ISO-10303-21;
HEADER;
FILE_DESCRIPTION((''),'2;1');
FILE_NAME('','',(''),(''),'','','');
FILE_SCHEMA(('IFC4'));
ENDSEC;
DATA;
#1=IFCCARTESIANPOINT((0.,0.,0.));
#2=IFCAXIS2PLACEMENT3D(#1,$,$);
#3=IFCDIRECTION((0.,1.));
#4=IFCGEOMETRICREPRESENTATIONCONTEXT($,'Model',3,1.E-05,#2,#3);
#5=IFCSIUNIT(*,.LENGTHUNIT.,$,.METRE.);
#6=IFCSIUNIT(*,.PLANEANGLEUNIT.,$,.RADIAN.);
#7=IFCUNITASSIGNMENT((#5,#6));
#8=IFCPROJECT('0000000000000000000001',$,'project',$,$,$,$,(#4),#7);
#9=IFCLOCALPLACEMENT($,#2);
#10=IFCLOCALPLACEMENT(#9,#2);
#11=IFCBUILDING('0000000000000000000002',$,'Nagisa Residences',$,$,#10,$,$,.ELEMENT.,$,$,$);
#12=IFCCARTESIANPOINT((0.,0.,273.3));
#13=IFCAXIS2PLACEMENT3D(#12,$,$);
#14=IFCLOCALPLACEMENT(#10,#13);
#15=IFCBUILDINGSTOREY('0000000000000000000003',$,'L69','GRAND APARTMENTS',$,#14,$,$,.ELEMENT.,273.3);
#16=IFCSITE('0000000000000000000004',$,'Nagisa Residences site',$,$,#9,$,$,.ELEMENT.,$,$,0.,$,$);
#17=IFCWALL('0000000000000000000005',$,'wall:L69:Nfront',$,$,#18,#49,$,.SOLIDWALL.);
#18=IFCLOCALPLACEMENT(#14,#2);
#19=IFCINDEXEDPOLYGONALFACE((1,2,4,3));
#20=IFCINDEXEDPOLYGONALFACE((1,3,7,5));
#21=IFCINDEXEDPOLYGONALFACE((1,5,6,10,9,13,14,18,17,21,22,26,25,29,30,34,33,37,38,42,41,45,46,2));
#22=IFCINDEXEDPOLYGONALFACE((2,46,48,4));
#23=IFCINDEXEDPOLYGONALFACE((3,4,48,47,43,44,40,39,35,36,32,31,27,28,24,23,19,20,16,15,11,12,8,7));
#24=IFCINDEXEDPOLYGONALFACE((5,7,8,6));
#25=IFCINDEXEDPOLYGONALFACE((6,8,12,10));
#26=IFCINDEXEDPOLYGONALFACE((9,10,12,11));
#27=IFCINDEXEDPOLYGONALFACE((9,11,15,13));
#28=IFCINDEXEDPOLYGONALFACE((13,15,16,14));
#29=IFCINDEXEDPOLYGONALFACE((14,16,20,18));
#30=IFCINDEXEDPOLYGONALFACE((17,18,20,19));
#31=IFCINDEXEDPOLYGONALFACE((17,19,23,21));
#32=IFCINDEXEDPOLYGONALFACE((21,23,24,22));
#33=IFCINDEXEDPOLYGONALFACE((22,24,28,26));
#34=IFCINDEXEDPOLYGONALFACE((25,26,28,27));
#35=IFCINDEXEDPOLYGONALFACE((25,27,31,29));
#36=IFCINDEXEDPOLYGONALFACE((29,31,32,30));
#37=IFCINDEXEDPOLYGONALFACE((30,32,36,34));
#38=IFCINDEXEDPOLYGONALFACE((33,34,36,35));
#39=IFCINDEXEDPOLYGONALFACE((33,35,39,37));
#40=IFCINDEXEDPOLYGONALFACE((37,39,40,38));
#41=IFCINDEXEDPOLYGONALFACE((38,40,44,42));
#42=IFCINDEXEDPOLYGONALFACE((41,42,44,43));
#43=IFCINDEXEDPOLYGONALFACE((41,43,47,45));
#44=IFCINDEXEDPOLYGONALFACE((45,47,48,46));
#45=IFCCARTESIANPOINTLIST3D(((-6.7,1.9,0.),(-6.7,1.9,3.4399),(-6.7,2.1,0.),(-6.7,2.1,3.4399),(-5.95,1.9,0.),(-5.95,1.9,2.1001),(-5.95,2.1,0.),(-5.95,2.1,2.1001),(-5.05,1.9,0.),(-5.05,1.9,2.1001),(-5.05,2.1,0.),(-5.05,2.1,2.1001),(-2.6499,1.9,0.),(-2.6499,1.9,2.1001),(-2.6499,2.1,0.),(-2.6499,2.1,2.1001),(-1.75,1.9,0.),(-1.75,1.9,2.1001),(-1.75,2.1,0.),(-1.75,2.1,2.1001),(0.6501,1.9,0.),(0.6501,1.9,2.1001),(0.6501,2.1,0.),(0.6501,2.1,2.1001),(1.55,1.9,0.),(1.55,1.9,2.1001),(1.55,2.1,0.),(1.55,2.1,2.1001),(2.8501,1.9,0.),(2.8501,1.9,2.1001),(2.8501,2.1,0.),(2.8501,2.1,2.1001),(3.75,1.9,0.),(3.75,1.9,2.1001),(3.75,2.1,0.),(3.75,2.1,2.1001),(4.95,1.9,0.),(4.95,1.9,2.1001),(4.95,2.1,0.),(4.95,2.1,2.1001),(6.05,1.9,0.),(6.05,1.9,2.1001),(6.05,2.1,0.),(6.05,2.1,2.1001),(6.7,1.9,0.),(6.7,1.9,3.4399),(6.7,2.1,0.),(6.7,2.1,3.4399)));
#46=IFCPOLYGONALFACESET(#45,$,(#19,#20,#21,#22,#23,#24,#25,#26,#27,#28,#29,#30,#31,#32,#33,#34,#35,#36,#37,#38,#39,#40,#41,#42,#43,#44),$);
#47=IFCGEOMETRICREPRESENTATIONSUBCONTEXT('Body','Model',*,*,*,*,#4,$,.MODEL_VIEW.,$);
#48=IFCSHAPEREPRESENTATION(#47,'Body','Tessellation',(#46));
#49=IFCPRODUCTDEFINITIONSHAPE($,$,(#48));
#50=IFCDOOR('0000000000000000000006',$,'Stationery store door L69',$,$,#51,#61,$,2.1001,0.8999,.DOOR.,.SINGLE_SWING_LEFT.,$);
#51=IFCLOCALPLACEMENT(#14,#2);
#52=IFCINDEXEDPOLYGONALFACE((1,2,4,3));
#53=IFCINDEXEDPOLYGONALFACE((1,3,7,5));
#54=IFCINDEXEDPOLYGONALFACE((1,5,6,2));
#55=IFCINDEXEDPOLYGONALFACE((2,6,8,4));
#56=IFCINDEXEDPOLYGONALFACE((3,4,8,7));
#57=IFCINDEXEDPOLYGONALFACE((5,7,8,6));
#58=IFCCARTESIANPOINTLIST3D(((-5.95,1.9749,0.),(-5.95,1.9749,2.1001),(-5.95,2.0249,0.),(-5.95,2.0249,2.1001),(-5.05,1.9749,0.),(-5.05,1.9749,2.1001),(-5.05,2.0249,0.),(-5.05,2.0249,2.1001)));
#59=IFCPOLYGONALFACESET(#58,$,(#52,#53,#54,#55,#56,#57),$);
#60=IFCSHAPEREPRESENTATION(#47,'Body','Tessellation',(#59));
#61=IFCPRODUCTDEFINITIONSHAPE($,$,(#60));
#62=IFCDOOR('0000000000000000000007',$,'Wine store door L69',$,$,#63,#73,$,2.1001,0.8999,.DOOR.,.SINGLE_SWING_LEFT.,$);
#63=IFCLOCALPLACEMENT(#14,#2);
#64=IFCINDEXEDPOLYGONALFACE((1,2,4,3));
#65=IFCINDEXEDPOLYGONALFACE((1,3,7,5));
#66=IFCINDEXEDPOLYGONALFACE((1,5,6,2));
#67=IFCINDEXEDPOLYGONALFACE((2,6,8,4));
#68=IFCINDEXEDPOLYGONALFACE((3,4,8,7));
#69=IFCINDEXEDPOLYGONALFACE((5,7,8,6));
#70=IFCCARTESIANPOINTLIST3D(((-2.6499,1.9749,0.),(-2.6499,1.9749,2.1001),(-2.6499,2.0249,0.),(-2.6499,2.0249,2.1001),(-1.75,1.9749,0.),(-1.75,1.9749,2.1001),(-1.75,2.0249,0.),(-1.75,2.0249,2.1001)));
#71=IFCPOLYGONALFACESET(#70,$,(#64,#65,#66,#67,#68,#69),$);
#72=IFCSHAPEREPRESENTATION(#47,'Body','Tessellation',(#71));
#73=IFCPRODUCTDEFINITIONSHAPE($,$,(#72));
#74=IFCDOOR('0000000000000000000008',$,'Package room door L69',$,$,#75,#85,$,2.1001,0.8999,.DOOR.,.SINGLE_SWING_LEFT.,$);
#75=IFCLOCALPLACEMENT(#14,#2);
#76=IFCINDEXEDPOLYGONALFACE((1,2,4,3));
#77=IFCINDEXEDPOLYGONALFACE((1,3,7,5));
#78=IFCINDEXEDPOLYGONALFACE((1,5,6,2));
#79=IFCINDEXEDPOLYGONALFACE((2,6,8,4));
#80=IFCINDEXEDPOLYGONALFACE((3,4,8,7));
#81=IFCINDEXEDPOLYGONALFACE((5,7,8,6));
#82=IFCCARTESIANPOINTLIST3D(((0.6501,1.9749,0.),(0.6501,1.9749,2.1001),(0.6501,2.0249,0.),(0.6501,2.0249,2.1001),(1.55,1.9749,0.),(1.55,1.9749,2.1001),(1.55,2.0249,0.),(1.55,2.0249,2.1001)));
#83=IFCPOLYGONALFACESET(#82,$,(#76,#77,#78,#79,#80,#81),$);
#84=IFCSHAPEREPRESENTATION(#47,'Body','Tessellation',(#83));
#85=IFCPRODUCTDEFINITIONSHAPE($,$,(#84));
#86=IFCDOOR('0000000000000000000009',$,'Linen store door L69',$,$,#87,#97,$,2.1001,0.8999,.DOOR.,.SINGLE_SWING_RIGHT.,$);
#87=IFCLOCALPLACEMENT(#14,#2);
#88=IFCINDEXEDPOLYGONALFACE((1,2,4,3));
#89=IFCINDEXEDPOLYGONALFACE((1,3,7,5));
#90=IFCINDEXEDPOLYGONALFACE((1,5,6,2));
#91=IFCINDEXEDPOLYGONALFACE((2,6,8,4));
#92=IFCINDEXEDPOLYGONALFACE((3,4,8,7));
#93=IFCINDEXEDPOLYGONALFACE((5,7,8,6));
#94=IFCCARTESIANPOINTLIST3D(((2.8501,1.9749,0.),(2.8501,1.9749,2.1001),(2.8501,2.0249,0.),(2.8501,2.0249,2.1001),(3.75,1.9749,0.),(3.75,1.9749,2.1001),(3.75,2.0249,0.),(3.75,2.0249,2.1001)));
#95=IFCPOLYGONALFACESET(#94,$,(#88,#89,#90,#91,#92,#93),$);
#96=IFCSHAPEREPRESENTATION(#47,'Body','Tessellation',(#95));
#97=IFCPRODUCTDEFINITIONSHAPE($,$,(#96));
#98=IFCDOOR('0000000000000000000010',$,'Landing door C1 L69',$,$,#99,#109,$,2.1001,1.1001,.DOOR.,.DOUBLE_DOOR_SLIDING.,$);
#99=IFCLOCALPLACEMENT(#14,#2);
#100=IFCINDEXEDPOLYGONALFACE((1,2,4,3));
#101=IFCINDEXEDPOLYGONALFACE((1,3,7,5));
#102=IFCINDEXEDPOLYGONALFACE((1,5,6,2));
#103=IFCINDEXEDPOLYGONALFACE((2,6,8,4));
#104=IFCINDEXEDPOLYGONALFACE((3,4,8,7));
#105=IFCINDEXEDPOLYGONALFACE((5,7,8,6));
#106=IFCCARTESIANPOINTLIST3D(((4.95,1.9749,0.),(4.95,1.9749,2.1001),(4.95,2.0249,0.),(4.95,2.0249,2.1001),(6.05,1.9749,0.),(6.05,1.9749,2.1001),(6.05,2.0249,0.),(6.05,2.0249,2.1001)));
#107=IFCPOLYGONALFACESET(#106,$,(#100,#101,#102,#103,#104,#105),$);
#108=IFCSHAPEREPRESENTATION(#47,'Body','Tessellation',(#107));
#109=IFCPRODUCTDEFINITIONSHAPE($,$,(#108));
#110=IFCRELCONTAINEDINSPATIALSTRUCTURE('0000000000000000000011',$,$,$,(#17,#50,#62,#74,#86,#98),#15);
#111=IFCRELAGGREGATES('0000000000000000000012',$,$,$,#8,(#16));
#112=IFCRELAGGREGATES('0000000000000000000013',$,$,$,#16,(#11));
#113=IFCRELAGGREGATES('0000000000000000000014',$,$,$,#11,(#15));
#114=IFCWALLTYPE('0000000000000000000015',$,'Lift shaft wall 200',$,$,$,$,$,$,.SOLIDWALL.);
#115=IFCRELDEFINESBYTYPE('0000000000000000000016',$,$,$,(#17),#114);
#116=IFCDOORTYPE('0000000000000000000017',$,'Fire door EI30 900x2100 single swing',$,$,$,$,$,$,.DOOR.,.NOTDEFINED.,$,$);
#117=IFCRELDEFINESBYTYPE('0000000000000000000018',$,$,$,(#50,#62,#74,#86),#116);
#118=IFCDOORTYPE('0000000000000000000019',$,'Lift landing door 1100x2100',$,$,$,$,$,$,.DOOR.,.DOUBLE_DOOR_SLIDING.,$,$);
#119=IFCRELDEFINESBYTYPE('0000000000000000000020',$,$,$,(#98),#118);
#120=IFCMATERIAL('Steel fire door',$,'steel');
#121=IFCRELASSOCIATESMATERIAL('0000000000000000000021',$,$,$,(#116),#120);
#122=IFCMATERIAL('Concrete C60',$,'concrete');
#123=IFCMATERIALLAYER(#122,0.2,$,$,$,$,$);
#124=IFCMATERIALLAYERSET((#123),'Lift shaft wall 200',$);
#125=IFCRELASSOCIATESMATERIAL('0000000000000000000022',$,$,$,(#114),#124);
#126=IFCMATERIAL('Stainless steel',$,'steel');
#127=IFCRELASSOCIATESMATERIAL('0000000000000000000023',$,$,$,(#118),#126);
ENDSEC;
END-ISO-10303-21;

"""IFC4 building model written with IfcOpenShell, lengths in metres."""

from ifc_helpers import new_model, si_unit, direction, frame, frame_2d, origin, place, context, subcontext, project, spatial, rectangle, extrude, material, layer, layer_set, type_object, element, fill, save


model = new_model("IFC4")

# Units and contexts
model_context = context("Model", 3, precision=1e-05, world=origin(), true_north=direction((0.0, 1.0)))
body_context = subcontext(model_context, "Body", "Model", "MODEL_VIEW")
ifc_project = project(units=[si_unit("LENGTHUNIT", "METRE"), si_unit("PLANEANGLEUNIT", "RADIAN")], contexts=[model_context])

# Site, building, storey
site_placement = place(None, origin())
site = spatial("IfcSite", under=ifc_project, at=site_placement, Name="Nagisa Residences site", CompositionType="ELEMENT", RefElevation=0.0)
building_placement = place(site_placement, origin())
building = spatial("IfcBuilding", under=site, at=building_placement, Name="Nagisa Residences", CompositionType="ELEMENT")
storey_placement = place(building_placement, frame((0.0, 0.0, 273.3)))
storey = spatial("IfcBuildingStorey", under=building, at=storey_placement, Name="L69", Description="GRAND APARTMENTS", CompositionType="ELEMENT", Elevation=273.3)

# Shared definitions
ifc_material_1 = material(Name="Steel fire door", Category="steel")
door_type_1 = type_object("IfcDoorType", Name="Fire door EI30 900x2100 single swing", OperationType="NOTDEFINED", PredefinedType="DOOR", material=ifc_material_1)

# Wall, openings, doors
ifc_material_2 = material(Name="Concrete C60", Category="concrete")
ifc_layer_1 = layer(ifc_material_2, 0.2)
ifc_layer_set_1 = layer_set([ifc_layer_1], Name="Lift shaft wall 200")
wall_type_1 = type_object("IfcWallType", Name="Lift shaft wall 200", PredefinedType="SOLIDWALL", material=ifc_layer_set_1)
wall_1_placement = place(storey_placement, frame((-6.7, 2.0, 0.0), z_axis=(0.0, 0.0, 1.0), x_axis=(1.0, 0.0, 0.0)))
wall_1 = element("IfcWall", 1, at=wall_1_placement, inside=storey, type_object=wall_type_1, Name="wall:L69:Nfront", PredefinedType="SOLIDWALL", context=body_context, shape_type="SweptSolid", body=[
    extrude(rectangle(XDim=13.3999, YDim=0.2, at=frame_2d((6.7, 0.0))), origin(), (0.0, 0.0, 1.0), 3.4399),
])
opening_1_placement = place(wall_1_placement, frame((11.6499, 0.0, 0.0)))
opening_1 = element("IfcOpeningElement", 2, at=opening_1_placement, cuts=wall_1, PredefinedType="OPENING", context=body_context, shape_type="SweptSolid", body=[
    extrude(rectangle(XDim=1.1001, YDim=2.1001, at=frame_2d((0.55, 1.05))), frame((0.0, 0.1099, 0.0), z_axis=(0.0, -1.0, 0.0), x_axis=(1.0, 0.0, 0.0)), (0.0, 0.0, 1.0), 0.22),
])
opening_2_placement = place(wall_1_placement, frame((0.75, 0.0, 0.0)))
opening_2 = element("IfcOpeningElement", 3, at=opening_2_placement, cuts=wall_1, PredefinedType="OPENING", context=body_context, shape_type="SweptSolid", body=[
    extrude(rectangle(XDim=0.8999, YDim=2.1001, at=frame_2d((0.45, 1.05))), frame((0.0, 0.1099, 0.0), z_axis=(0.0, -1.0, 0.0), x_axis=(1.0, 0.0, 0.0)), (0.0, 0.0, 1.0), 0.22),
])
opening_3_placement = place(wall_1_placement, frame((4.05, 0.0, 0.0)))
opening_3 = element("IfcOpeningElement", 4, at=opening_3_placement, cuts=wall_1, PredefinedType="OPENING", context=body_context, shape_type="SweptSolid", body=[
    extrude(rectangle(XDim=0.8999, YDim=2.1001, at=frame_2d((0.45, 1.05))), frame((0.0, 0.1099, 0.0), z_axis=(0.0, -1.0, 0.0), x_axis=(1.0, 0.0, 0.0)), (0.0, 0.0, 1.0), 0.22),
])
opening_4_placement = place(wall_1_placement, frame((7.3501, 0.0, 0.0)))
opening_4 = element("IfcOpeningElement", 5, at=opening_4_placement, cuts=wall_1, PredefinedType="OPENING", context=body_context, shape_type="SweptSolid", body=[
    extrude(rectangle(XDim=0.8999, YDim=2.1001, at=frame_2d((0.45, 1.05))), frame((0.0, 0.1099, 0.0), z_axis=(0.0, -1.0, 0.0), x_axis=(1.0, 0.0, 0.0)), (0.0, 0.0, 1.0), 0.22),
])
opening_5_placement = place(wall_1_placement, frame((9.55, 0.0, 0.0)))
opening_5 = element("IfcOpeningElement", 6, at=opening_5_placement, cuts=wall_1, PredefinedType="OPENING", context=body_context, shape_type="SweptSolid", body=[
    extrude(rectangle(XDim=0.8999, YDim=2.1001, at=frame_2d((0.45, 1.05))), frame((0.0, 0.1099, 0.0), z_axis=(0.0, -1.0, 0.0), x_axis=(1.0, 0.0, 0.0)), (0.0, 0.0, 1.0), 0.22),
])
door_1_placement = place(opening_2_placement, origin())
door_1 = element("IfcDoor", 7, at=door_1_placement, inside=storey, type_object=door_type_1, Name="Stationery store door L69", OperationType="SINGLE_SWING_LEFT", OverallHeight=2.1001, OverallWidth=0.8999, PredefinedType="DOOR", context=body_context, shape_type="SweptSolid", body=[
    extrude(rectangle(XDim=0.8999, YDim=2.1001, at=frame_2d((0.45, 1.05))), frame((0.0, 0.0249, 0.0), z_axis=(0.0, -1.0, 0.0), x_axis=(1.0, 0.0, 0.0)), (0.0, 0.0, 1.0), 0.05),
])
fill(opening_2, door_1)
door_2_placement = place(opening_3_placement, origin())
door_2 = element("IfcDoor", 8, at=door_2_placement, inside=storey, type_object=door_type_1, Name="Wine store door L69", OperationType="SINGLE_SWING_LEFT", OverallHeight=2.1001, OverallWidth=0.8999, PredefinedType="DOOR", context=body_context, shape_type="SweptSolid", body=[
    extrude(rectangle(XDim=0.8999, YDim=2.1001, at=frame_2d((0.45, 1.05))), frame((0.0, 0.0249, 0.0), z_axis=(0.0, -1.0, 0.0), x_axis=(1.0, 0.0, 0.0)), (0.0, 0.0, 1.0), 0.05),
])
fill(opening_3, door_2)
door_3_placement = place(opening_4_placement, origin())
door_3 = element("IfcDoor", 9, at=door_3_placement, inside=storey, type_object=door_type_1, Name="Package room door L69", OperationType="SINGLE_SWING_LEFT", OverallHeight=2.1001, OverallWidth=0.8999, PredefinedType="DOOR", context=body_context, shape_type="SweptSolid", body=[
    extrude(rectangle(XDim=0.8999, YDim=2.1001, at=frame_2d((0.45, 1.05))), frame((0.0, 0.0249, 0.0), z_axis=(0.0, -1.0, 0.0), x_axis=(1.0, 0.0, 0.0)), (0.0, 0.0, 1.0), 0.05),
])
fill(opening_4, door_3)
door_4_placement = place(opening_5_placement, origin())
door_4 = element("IfcDoor", 10, at=door_4_placement, inside=storey, type_object=door_type_1, Name="Linen store door L69", OperationType="SINGLE_SWING_RIGHT", OverallHeight=2.1001, OverallWidth=0.8999, PredefinedType="DOOR", context=body_context, shape_type="SweptSolid", body=[
    extrude(rectangle(XDim=0.8999, YDim=2.1001, at=frame_2d((0.45, 1.05))), frame((0.0, 0.0249, 0.0), z_axis=(0.0, -1.0, 0.0), x_axis=(1.0, 0.0, 0.0)), (0.0, 0.0, 1.0), 0.05),
])
fill(opening_5, door_4)
ifc_material_3 = material(Name="Stainless steel", Category="steel")
door_type_2 = type_object("IfcDoorType", Name="Lift landing door 1100x2100", OperationType="DOUBLE_DOOR_SLIDING", PredefinedType="DOOR", material=ifc_material_3)
door_5_placement = place(opening_1_placement, origin())
door_5 = element("IfcDoor", 11, at=door_5_placement, inside=storey, type_object=door_type_2, Name="Landing door C1 L69", OperationType="DOUBLE_DOOR_SLIDING", OverallHeight=2.1001, OverallWidth=1.1001, PredefinedType="DOOR", context=body_context, shape_type="SweptSolid", body=[
    extrude(rectangle(XDim=1.1001, YDim=2.1001, at=frame_2d((0.55, 1.05))), frame((0.0, 0.0249, 0.0), z_axis=(0.0, -1.0, 0.0), x_axis=(1.0, 0.0, 0.0)), (0.0, 0.0, 1.0), 0.05),
])
fill(opening_1, door_5)

save(model, "model.ifc")
